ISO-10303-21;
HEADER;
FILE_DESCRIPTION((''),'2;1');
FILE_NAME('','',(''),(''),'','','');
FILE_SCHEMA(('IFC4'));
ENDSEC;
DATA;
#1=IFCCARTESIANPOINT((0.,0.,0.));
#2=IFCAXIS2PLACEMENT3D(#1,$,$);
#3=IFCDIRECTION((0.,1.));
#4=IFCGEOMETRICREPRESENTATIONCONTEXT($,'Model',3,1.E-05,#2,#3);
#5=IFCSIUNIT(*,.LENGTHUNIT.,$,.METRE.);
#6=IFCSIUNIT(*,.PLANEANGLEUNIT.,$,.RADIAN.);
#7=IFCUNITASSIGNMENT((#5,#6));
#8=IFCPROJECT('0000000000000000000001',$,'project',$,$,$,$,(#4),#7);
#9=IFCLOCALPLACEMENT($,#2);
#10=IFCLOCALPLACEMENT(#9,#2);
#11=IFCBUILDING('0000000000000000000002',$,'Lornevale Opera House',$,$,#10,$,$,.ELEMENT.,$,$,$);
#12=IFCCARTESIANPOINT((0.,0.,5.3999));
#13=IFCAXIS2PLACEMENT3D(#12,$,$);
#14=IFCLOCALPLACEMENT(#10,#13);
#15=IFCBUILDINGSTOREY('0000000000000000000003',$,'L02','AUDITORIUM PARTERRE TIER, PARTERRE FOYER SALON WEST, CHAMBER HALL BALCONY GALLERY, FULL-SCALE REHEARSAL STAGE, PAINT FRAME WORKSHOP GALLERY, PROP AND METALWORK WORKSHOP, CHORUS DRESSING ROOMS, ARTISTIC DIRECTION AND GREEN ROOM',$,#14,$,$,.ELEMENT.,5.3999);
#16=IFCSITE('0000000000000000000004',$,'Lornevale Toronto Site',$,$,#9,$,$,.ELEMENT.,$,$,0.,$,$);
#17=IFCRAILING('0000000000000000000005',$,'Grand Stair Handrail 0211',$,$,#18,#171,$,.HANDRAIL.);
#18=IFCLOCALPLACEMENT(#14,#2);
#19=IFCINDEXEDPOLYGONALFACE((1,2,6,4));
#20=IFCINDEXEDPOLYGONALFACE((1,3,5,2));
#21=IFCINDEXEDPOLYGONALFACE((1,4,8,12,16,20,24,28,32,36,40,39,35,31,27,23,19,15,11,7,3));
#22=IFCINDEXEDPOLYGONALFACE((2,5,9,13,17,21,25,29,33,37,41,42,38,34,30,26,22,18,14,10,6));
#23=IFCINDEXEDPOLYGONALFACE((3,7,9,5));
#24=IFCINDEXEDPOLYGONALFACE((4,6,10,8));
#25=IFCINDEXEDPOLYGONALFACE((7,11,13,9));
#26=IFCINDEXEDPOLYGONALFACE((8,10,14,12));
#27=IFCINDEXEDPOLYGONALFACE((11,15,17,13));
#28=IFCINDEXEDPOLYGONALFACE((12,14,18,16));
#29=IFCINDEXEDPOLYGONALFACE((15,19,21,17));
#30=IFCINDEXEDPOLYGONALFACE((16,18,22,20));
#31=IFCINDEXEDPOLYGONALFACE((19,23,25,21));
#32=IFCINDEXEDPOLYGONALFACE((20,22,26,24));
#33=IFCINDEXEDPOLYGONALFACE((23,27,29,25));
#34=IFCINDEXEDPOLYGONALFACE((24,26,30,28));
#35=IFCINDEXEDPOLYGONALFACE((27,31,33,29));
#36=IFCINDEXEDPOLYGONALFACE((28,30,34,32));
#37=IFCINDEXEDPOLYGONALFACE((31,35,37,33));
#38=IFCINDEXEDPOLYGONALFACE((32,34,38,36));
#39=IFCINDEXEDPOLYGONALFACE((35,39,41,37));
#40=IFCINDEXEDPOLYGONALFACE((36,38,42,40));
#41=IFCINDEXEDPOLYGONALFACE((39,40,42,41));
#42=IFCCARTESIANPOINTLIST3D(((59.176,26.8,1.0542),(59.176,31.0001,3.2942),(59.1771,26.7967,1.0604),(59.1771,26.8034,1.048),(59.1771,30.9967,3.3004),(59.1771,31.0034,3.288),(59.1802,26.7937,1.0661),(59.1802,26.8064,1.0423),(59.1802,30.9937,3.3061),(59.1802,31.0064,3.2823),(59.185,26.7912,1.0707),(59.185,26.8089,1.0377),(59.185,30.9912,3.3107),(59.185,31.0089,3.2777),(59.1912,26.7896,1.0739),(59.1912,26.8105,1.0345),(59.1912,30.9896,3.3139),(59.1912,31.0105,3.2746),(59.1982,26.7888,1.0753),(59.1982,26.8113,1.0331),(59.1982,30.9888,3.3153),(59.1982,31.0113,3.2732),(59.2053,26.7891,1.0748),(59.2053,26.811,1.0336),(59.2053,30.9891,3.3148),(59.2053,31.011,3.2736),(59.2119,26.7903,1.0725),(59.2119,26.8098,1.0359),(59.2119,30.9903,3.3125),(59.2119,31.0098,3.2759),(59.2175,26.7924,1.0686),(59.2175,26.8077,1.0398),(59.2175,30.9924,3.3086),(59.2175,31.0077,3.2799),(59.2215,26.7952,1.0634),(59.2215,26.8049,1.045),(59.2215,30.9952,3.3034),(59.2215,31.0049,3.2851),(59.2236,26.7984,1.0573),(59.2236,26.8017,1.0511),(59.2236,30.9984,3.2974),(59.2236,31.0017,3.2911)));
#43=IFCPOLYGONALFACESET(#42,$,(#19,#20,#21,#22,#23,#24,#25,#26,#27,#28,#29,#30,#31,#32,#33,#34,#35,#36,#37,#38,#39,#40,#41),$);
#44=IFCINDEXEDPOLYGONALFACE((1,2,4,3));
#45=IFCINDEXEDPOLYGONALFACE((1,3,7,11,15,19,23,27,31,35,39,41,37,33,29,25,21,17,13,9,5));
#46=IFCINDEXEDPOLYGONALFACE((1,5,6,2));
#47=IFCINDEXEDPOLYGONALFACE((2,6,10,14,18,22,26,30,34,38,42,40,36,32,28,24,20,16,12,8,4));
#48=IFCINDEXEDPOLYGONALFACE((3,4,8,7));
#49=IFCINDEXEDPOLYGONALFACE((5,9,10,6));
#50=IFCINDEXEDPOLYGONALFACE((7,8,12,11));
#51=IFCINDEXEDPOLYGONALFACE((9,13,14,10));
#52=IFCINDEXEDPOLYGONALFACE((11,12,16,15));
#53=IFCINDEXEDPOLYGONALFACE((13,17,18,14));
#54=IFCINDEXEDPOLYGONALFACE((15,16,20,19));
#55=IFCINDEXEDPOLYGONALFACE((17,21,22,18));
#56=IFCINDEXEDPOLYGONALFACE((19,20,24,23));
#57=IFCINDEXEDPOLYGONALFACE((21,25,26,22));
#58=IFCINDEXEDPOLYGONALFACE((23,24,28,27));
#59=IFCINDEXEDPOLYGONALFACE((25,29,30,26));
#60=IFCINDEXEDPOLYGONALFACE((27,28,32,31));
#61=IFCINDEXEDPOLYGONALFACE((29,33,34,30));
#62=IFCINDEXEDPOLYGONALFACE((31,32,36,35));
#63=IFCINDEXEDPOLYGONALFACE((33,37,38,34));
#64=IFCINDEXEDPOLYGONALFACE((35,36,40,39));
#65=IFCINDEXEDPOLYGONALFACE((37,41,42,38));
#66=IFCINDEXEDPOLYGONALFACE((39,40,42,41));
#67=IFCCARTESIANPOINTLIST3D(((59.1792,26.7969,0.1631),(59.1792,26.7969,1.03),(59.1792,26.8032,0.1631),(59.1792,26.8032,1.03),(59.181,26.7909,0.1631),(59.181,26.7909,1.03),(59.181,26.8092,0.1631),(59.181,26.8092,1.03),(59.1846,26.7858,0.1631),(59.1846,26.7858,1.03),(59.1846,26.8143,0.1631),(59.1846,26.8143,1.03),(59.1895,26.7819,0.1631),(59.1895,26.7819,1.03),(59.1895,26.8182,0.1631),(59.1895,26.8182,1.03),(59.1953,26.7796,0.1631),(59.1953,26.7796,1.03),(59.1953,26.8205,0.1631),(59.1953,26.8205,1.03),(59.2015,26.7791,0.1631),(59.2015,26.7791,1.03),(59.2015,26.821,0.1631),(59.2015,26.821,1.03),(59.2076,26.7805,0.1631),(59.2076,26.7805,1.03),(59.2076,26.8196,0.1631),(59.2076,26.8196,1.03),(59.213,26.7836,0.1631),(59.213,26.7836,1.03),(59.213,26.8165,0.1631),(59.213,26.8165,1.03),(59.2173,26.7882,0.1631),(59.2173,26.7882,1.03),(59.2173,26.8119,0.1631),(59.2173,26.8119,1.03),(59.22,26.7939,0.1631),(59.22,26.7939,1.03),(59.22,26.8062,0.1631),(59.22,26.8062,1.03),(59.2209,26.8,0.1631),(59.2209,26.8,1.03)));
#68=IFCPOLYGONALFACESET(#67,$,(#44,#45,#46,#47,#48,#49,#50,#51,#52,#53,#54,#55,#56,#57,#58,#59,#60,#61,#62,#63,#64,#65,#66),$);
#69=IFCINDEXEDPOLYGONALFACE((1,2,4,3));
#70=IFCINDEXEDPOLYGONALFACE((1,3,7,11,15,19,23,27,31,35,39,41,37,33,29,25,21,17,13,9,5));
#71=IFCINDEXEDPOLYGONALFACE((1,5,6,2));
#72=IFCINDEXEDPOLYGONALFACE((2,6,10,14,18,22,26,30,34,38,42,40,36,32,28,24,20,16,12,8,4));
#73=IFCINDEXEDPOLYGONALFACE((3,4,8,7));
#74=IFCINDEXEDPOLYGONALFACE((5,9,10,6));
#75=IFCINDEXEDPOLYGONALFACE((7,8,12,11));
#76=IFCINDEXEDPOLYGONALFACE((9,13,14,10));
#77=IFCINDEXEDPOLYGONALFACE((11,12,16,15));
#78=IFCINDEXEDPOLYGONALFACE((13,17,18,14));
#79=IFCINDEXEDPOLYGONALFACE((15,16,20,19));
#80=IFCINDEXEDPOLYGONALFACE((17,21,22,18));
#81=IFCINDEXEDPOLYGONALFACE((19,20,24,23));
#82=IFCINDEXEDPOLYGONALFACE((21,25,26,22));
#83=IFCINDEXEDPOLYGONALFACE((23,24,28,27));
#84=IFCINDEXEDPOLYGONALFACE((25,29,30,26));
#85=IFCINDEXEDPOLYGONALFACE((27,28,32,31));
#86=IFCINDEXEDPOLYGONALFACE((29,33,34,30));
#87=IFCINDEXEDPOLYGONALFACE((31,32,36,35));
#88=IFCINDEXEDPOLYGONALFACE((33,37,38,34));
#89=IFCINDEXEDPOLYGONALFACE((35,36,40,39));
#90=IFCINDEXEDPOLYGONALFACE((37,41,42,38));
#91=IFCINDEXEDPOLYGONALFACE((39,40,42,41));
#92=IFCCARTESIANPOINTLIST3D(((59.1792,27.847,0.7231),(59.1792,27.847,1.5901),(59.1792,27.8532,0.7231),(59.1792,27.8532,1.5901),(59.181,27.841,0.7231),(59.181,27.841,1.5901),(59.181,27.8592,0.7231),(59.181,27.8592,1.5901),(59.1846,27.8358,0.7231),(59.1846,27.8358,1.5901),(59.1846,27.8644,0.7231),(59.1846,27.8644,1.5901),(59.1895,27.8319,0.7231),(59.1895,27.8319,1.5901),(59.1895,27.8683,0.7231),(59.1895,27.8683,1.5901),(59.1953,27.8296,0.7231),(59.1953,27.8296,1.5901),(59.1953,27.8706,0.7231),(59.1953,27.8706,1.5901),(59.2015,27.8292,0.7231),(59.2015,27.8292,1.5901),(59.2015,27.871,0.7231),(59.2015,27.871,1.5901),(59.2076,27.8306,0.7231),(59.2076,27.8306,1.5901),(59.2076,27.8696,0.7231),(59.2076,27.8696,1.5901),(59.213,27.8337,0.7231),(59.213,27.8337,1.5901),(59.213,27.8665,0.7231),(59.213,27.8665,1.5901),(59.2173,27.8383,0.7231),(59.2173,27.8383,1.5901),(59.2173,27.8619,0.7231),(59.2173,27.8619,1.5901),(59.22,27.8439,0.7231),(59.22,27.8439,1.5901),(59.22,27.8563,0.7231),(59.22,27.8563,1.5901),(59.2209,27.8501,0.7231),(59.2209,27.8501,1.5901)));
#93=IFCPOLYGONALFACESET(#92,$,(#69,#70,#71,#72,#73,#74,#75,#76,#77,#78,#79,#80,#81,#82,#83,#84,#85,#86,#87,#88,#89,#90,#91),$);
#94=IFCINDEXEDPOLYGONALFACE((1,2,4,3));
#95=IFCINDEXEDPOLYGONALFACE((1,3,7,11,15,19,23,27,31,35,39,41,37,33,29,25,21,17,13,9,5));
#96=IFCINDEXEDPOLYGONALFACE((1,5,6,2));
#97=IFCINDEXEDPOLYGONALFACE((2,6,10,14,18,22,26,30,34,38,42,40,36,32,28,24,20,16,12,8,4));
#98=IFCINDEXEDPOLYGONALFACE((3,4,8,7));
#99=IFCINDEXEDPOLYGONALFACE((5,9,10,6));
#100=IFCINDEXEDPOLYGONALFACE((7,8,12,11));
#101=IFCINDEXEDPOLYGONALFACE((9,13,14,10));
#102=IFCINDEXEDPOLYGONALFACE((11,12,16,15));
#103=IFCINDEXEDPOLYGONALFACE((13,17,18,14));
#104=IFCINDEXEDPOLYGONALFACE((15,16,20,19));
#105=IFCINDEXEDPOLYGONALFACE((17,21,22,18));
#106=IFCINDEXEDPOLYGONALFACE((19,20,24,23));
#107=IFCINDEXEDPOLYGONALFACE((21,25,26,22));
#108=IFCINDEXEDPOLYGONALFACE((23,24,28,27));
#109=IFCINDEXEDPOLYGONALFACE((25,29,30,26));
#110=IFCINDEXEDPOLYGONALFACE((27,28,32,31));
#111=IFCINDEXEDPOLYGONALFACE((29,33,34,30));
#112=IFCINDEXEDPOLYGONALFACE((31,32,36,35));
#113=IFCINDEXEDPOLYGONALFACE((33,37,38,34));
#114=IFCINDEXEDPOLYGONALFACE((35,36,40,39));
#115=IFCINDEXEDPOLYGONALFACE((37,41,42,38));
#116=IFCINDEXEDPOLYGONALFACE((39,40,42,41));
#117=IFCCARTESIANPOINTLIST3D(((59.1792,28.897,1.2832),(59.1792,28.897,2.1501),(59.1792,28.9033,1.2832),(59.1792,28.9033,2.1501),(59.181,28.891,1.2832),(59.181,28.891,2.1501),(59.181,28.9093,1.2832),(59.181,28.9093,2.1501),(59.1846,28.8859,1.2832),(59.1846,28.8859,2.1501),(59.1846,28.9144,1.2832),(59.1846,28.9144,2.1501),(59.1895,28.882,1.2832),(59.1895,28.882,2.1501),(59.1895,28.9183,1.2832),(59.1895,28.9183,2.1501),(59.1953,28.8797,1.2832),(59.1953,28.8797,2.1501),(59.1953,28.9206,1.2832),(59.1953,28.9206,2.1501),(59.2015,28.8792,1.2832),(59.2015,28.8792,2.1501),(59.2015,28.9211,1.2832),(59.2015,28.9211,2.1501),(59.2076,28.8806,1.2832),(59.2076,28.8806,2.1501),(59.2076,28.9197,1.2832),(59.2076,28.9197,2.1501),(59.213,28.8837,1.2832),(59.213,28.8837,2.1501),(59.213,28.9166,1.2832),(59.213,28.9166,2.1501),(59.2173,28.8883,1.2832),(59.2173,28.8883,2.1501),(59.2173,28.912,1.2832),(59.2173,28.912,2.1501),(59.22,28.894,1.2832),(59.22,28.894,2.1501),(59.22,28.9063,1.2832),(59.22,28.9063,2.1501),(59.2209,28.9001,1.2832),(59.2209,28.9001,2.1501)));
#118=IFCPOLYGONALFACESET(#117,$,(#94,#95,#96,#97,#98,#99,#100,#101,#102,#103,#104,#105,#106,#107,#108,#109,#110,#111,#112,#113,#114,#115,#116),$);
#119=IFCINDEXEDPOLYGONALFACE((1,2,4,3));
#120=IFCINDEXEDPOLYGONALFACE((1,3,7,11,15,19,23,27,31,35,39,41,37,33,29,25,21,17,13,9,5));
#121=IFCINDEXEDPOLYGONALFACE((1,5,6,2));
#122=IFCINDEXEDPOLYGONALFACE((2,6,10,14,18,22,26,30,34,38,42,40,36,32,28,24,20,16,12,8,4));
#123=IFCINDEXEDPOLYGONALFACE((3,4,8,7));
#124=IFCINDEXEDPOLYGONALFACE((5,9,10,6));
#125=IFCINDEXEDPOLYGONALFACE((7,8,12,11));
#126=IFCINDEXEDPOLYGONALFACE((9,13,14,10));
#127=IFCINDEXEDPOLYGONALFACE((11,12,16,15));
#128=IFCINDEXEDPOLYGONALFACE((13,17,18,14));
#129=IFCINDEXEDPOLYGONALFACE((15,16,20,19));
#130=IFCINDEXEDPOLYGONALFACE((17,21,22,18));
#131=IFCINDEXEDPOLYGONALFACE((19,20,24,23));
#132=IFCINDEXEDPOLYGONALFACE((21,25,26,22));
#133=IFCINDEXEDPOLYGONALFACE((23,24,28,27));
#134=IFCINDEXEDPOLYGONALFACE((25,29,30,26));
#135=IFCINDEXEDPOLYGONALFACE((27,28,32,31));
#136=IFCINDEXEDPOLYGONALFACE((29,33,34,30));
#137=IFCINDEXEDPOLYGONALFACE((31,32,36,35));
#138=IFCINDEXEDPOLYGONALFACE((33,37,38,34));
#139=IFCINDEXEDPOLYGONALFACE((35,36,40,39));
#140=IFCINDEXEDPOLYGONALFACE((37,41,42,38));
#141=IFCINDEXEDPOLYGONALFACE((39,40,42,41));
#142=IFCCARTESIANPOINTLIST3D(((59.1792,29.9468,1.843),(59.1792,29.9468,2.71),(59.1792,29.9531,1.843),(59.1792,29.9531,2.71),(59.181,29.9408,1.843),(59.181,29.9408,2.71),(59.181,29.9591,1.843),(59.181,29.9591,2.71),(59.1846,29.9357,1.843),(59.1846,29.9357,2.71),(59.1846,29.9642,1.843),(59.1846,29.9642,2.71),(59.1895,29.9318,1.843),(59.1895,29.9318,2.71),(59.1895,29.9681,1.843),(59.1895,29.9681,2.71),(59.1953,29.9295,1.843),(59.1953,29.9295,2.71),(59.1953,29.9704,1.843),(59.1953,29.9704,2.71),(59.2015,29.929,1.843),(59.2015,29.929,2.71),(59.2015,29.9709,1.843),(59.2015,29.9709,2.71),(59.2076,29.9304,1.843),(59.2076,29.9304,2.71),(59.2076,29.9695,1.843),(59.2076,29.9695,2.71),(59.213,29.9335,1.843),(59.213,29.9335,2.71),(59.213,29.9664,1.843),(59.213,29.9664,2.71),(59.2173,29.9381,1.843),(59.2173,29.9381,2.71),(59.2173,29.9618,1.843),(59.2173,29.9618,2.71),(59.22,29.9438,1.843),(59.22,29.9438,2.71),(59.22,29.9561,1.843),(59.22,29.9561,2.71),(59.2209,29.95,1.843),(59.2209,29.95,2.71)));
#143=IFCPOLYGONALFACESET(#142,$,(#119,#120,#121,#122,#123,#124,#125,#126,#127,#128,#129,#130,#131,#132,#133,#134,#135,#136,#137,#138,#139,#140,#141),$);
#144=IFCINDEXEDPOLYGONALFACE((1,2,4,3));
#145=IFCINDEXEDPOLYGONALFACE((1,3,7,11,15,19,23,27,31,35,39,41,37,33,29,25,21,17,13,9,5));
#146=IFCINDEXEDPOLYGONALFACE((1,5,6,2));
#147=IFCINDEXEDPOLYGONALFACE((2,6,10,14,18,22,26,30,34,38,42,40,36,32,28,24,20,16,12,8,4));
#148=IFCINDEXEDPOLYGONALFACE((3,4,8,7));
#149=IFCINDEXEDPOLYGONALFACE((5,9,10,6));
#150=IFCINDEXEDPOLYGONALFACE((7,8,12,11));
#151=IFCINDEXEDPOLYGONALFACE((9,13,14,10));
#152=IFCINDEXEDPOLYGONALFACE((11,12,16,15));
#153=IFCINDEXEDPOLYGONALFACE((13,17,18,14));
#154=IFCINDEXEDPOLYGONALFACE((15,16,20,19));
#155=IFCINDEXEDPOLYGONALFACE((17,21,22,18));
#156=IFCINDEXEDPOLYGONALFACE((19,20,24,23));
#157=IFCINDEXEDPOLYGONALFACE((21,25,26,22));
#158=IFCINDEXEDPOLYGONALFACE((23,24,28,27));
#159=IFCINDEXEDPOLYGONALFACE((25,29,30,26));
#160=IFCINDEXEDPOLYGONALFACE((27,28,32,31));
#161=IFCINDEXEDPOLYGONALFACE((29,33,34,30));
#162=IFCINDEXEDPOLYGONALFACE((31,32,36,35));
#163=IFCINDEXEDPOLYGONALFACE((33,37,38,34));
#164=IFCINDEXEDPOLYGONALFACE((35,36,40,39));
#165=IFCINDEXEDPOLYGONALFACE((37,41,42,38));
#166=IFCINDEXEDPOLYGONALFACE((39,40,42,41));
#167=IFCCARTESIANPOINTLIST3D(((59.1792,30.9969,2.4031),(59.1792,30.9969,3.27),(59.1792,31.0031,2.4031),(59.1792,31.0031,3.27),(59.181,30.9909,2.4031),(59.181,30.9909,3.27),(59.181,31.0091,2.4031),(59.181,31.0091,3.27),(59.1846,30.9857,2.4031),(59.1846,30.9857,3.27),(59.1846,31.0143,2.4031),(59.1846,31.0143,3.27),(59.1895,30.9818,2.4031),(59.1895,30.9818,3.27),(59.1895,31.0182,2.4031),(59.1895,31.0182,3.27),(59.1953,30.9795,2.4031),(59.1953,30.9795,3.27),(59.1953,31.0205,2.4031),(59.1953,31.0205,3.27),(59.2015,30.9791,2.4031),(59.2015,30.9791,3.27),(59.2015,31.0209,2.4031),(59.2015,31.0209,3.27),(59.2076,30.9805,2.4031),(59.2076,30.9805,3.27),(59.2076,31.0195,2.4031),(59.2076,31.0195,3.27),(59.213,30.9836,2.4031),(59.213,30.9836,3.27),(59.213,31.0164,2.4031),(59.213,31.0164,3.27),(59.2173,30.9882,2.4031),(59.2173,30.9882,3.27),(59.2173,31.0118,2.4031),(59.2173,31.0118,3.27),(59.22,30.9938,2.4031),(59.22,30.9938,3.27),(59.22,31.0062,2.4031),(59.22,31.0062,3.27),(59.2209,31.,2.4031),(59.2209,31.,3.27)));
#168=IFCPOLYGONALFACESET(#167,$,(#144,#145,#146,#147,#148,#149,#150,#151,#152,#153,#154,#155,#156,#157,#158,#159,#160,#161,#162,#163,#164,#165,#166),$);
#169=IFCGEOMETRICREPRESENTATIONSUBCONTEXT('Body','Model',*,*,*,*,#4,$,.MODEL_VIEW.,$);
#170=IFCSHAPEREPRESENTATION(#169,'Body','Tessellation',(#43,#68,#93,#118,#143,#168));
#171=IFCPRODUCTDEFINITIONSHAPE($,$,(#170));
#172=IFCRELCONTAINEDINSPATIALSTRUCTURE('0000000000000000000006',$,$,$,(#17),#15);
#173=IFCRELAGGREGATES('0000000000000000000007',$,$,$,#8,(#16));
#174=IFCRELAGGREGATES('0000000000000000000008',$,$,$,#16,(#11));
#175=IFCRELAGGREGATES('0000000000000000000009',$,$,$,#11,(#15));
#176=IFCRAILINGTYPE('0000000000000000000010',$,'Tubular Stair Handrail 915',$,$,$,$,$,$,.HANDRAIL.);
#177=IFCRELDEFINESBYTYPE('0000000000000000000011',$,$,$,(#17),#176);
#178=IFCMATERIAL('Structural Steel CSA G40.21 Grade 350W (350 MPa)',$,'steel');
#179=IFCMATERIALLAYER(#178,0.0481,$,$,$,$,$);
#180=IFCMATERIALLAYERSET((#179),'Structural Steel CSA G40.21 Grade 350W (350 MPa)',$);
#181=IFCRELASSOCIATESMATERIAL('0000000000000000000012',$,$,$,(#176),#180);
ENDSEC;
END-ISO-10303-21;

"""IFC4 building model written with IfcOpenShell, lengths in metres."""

from ifc_helpers import new_model, si_unit, direction, frame, origin, origin_2d, place, context, subcontext, project, spatial, circle, extrude, material, layer, layer_set, type_object, element, save


model = new_model("IFC4")

# Units and contexts
model_context = context("Model", 3, precision=1e-05, world=origin(), true_north=direction((0.0, 1.0)))
body_context = subcontext(model_context, "Body", "Model", "MODEL_VIEW")
ifc_project = project(units=[si_unit("LENGTHUNIT", "METRE"), si_unit("PLANEANGLEUNIT", "RADIAN")], contexts=[model_context])

# Site, building, storey
site_placement = place(None, origin())
site = spatial("IfcSite", under=ifc_project, at=site_placement, Name="Lornevale Toronto Site", CompositionType="ELEMENT", RefElevation=0.0)
building_placement = place(site_placement, origin())
building = spatial("IfcBuilding", under=site, at=building_placement, Name="Lornevale Opera House", CompositionType="ELEMENT")
storey_placement = place(building_placement, frame((0.0, 0.0, 5.3999)))
storey = spatial("IfcBuildingStorey", under=building, at=storey_placement, Name="L02", Description="AUDITORIUM PARTERRE TIER, PARTERRE FOYER SALON WEST, CHAMBER HALL BALCONY GALLERY, FULL-SCALE REHEARSAL STAGE, PAINT FRAME WORKSHOP GALLERY, PROP AND METALWORK WORKSHOP, CHORUS DRESSING ROOMS, ARTISTIC DIRECTION AND GREEN ROOM", CompositionType="ELEMENT", Elevation=5.3999)

# Shared definitions
ifc_material_1 = material(Name="Structural Steel CSA G40.21 Grade 350W (350 MPa)", Category="steel")

# Railing
ifc_layer_1 = layer(ifc_material_1, 0.0481)
ifc_layer_set_1 = layer_set([ifc_layer_1], Name="Structural Steel CSA G40.21 Grade 350W (350 MPa)")
railing_type_1 = type_object("IfcRailingType", Name="Tubular Stair Handrail 915", PredefinedType="HANDRAIL", material=ifc_layer_set_1)
for number, where, name in (
    (1, (59.2, 26.8, 0.1631), "Grand Stair Handrail 0211"),
):
    element("IfcRailing", number, at=place(storey_placement, frame(where)), inside=storey, type_object=railing_type_1, Name=name, PredefinedType="HANDRAIL", context=body_context, shape_type="SweptSolid", body=[
        extrude(circle(Radius=0.0239, at=origin_2d()), frame((0.0, 0.0, 0.8911), z_axis=(0.0, 0.882352, 0.470591), x_axis=(-1.0, 0.0, 0.0)), (0.0, 0.0, 1.0), 4.76),
        extrude(circle(Radius=0.021, at=origin_2d()), origin(), (0.0, 0.0, 1.0), 0.8669),
        extrude(circle(Radius=0.021, at=origin_2d()), frame((0.0, 1.05, 0.5601)), (0.0, 0.0, 1.0), 0.8669),
        extrude(circle(Radius=0.021, at=origin_2d()), frame((0.0, 2.1001, 1.1201)), (0.0, 0.0, 1.0), 0.8669),
        extrude(circle(Radius=0.021, at=origin_2d()), frame((0.0, 3.1499, 1.6799)), (0.0, 0.0, 1.0), 0.8669),
        extrude(circle(Radius=0.021, at=origin_2d()), frame((0.0, 4.2, 2.24)), (0.0, 0.0, 1.0), 0.8669),
    ])

save(model, "model.ifc")
